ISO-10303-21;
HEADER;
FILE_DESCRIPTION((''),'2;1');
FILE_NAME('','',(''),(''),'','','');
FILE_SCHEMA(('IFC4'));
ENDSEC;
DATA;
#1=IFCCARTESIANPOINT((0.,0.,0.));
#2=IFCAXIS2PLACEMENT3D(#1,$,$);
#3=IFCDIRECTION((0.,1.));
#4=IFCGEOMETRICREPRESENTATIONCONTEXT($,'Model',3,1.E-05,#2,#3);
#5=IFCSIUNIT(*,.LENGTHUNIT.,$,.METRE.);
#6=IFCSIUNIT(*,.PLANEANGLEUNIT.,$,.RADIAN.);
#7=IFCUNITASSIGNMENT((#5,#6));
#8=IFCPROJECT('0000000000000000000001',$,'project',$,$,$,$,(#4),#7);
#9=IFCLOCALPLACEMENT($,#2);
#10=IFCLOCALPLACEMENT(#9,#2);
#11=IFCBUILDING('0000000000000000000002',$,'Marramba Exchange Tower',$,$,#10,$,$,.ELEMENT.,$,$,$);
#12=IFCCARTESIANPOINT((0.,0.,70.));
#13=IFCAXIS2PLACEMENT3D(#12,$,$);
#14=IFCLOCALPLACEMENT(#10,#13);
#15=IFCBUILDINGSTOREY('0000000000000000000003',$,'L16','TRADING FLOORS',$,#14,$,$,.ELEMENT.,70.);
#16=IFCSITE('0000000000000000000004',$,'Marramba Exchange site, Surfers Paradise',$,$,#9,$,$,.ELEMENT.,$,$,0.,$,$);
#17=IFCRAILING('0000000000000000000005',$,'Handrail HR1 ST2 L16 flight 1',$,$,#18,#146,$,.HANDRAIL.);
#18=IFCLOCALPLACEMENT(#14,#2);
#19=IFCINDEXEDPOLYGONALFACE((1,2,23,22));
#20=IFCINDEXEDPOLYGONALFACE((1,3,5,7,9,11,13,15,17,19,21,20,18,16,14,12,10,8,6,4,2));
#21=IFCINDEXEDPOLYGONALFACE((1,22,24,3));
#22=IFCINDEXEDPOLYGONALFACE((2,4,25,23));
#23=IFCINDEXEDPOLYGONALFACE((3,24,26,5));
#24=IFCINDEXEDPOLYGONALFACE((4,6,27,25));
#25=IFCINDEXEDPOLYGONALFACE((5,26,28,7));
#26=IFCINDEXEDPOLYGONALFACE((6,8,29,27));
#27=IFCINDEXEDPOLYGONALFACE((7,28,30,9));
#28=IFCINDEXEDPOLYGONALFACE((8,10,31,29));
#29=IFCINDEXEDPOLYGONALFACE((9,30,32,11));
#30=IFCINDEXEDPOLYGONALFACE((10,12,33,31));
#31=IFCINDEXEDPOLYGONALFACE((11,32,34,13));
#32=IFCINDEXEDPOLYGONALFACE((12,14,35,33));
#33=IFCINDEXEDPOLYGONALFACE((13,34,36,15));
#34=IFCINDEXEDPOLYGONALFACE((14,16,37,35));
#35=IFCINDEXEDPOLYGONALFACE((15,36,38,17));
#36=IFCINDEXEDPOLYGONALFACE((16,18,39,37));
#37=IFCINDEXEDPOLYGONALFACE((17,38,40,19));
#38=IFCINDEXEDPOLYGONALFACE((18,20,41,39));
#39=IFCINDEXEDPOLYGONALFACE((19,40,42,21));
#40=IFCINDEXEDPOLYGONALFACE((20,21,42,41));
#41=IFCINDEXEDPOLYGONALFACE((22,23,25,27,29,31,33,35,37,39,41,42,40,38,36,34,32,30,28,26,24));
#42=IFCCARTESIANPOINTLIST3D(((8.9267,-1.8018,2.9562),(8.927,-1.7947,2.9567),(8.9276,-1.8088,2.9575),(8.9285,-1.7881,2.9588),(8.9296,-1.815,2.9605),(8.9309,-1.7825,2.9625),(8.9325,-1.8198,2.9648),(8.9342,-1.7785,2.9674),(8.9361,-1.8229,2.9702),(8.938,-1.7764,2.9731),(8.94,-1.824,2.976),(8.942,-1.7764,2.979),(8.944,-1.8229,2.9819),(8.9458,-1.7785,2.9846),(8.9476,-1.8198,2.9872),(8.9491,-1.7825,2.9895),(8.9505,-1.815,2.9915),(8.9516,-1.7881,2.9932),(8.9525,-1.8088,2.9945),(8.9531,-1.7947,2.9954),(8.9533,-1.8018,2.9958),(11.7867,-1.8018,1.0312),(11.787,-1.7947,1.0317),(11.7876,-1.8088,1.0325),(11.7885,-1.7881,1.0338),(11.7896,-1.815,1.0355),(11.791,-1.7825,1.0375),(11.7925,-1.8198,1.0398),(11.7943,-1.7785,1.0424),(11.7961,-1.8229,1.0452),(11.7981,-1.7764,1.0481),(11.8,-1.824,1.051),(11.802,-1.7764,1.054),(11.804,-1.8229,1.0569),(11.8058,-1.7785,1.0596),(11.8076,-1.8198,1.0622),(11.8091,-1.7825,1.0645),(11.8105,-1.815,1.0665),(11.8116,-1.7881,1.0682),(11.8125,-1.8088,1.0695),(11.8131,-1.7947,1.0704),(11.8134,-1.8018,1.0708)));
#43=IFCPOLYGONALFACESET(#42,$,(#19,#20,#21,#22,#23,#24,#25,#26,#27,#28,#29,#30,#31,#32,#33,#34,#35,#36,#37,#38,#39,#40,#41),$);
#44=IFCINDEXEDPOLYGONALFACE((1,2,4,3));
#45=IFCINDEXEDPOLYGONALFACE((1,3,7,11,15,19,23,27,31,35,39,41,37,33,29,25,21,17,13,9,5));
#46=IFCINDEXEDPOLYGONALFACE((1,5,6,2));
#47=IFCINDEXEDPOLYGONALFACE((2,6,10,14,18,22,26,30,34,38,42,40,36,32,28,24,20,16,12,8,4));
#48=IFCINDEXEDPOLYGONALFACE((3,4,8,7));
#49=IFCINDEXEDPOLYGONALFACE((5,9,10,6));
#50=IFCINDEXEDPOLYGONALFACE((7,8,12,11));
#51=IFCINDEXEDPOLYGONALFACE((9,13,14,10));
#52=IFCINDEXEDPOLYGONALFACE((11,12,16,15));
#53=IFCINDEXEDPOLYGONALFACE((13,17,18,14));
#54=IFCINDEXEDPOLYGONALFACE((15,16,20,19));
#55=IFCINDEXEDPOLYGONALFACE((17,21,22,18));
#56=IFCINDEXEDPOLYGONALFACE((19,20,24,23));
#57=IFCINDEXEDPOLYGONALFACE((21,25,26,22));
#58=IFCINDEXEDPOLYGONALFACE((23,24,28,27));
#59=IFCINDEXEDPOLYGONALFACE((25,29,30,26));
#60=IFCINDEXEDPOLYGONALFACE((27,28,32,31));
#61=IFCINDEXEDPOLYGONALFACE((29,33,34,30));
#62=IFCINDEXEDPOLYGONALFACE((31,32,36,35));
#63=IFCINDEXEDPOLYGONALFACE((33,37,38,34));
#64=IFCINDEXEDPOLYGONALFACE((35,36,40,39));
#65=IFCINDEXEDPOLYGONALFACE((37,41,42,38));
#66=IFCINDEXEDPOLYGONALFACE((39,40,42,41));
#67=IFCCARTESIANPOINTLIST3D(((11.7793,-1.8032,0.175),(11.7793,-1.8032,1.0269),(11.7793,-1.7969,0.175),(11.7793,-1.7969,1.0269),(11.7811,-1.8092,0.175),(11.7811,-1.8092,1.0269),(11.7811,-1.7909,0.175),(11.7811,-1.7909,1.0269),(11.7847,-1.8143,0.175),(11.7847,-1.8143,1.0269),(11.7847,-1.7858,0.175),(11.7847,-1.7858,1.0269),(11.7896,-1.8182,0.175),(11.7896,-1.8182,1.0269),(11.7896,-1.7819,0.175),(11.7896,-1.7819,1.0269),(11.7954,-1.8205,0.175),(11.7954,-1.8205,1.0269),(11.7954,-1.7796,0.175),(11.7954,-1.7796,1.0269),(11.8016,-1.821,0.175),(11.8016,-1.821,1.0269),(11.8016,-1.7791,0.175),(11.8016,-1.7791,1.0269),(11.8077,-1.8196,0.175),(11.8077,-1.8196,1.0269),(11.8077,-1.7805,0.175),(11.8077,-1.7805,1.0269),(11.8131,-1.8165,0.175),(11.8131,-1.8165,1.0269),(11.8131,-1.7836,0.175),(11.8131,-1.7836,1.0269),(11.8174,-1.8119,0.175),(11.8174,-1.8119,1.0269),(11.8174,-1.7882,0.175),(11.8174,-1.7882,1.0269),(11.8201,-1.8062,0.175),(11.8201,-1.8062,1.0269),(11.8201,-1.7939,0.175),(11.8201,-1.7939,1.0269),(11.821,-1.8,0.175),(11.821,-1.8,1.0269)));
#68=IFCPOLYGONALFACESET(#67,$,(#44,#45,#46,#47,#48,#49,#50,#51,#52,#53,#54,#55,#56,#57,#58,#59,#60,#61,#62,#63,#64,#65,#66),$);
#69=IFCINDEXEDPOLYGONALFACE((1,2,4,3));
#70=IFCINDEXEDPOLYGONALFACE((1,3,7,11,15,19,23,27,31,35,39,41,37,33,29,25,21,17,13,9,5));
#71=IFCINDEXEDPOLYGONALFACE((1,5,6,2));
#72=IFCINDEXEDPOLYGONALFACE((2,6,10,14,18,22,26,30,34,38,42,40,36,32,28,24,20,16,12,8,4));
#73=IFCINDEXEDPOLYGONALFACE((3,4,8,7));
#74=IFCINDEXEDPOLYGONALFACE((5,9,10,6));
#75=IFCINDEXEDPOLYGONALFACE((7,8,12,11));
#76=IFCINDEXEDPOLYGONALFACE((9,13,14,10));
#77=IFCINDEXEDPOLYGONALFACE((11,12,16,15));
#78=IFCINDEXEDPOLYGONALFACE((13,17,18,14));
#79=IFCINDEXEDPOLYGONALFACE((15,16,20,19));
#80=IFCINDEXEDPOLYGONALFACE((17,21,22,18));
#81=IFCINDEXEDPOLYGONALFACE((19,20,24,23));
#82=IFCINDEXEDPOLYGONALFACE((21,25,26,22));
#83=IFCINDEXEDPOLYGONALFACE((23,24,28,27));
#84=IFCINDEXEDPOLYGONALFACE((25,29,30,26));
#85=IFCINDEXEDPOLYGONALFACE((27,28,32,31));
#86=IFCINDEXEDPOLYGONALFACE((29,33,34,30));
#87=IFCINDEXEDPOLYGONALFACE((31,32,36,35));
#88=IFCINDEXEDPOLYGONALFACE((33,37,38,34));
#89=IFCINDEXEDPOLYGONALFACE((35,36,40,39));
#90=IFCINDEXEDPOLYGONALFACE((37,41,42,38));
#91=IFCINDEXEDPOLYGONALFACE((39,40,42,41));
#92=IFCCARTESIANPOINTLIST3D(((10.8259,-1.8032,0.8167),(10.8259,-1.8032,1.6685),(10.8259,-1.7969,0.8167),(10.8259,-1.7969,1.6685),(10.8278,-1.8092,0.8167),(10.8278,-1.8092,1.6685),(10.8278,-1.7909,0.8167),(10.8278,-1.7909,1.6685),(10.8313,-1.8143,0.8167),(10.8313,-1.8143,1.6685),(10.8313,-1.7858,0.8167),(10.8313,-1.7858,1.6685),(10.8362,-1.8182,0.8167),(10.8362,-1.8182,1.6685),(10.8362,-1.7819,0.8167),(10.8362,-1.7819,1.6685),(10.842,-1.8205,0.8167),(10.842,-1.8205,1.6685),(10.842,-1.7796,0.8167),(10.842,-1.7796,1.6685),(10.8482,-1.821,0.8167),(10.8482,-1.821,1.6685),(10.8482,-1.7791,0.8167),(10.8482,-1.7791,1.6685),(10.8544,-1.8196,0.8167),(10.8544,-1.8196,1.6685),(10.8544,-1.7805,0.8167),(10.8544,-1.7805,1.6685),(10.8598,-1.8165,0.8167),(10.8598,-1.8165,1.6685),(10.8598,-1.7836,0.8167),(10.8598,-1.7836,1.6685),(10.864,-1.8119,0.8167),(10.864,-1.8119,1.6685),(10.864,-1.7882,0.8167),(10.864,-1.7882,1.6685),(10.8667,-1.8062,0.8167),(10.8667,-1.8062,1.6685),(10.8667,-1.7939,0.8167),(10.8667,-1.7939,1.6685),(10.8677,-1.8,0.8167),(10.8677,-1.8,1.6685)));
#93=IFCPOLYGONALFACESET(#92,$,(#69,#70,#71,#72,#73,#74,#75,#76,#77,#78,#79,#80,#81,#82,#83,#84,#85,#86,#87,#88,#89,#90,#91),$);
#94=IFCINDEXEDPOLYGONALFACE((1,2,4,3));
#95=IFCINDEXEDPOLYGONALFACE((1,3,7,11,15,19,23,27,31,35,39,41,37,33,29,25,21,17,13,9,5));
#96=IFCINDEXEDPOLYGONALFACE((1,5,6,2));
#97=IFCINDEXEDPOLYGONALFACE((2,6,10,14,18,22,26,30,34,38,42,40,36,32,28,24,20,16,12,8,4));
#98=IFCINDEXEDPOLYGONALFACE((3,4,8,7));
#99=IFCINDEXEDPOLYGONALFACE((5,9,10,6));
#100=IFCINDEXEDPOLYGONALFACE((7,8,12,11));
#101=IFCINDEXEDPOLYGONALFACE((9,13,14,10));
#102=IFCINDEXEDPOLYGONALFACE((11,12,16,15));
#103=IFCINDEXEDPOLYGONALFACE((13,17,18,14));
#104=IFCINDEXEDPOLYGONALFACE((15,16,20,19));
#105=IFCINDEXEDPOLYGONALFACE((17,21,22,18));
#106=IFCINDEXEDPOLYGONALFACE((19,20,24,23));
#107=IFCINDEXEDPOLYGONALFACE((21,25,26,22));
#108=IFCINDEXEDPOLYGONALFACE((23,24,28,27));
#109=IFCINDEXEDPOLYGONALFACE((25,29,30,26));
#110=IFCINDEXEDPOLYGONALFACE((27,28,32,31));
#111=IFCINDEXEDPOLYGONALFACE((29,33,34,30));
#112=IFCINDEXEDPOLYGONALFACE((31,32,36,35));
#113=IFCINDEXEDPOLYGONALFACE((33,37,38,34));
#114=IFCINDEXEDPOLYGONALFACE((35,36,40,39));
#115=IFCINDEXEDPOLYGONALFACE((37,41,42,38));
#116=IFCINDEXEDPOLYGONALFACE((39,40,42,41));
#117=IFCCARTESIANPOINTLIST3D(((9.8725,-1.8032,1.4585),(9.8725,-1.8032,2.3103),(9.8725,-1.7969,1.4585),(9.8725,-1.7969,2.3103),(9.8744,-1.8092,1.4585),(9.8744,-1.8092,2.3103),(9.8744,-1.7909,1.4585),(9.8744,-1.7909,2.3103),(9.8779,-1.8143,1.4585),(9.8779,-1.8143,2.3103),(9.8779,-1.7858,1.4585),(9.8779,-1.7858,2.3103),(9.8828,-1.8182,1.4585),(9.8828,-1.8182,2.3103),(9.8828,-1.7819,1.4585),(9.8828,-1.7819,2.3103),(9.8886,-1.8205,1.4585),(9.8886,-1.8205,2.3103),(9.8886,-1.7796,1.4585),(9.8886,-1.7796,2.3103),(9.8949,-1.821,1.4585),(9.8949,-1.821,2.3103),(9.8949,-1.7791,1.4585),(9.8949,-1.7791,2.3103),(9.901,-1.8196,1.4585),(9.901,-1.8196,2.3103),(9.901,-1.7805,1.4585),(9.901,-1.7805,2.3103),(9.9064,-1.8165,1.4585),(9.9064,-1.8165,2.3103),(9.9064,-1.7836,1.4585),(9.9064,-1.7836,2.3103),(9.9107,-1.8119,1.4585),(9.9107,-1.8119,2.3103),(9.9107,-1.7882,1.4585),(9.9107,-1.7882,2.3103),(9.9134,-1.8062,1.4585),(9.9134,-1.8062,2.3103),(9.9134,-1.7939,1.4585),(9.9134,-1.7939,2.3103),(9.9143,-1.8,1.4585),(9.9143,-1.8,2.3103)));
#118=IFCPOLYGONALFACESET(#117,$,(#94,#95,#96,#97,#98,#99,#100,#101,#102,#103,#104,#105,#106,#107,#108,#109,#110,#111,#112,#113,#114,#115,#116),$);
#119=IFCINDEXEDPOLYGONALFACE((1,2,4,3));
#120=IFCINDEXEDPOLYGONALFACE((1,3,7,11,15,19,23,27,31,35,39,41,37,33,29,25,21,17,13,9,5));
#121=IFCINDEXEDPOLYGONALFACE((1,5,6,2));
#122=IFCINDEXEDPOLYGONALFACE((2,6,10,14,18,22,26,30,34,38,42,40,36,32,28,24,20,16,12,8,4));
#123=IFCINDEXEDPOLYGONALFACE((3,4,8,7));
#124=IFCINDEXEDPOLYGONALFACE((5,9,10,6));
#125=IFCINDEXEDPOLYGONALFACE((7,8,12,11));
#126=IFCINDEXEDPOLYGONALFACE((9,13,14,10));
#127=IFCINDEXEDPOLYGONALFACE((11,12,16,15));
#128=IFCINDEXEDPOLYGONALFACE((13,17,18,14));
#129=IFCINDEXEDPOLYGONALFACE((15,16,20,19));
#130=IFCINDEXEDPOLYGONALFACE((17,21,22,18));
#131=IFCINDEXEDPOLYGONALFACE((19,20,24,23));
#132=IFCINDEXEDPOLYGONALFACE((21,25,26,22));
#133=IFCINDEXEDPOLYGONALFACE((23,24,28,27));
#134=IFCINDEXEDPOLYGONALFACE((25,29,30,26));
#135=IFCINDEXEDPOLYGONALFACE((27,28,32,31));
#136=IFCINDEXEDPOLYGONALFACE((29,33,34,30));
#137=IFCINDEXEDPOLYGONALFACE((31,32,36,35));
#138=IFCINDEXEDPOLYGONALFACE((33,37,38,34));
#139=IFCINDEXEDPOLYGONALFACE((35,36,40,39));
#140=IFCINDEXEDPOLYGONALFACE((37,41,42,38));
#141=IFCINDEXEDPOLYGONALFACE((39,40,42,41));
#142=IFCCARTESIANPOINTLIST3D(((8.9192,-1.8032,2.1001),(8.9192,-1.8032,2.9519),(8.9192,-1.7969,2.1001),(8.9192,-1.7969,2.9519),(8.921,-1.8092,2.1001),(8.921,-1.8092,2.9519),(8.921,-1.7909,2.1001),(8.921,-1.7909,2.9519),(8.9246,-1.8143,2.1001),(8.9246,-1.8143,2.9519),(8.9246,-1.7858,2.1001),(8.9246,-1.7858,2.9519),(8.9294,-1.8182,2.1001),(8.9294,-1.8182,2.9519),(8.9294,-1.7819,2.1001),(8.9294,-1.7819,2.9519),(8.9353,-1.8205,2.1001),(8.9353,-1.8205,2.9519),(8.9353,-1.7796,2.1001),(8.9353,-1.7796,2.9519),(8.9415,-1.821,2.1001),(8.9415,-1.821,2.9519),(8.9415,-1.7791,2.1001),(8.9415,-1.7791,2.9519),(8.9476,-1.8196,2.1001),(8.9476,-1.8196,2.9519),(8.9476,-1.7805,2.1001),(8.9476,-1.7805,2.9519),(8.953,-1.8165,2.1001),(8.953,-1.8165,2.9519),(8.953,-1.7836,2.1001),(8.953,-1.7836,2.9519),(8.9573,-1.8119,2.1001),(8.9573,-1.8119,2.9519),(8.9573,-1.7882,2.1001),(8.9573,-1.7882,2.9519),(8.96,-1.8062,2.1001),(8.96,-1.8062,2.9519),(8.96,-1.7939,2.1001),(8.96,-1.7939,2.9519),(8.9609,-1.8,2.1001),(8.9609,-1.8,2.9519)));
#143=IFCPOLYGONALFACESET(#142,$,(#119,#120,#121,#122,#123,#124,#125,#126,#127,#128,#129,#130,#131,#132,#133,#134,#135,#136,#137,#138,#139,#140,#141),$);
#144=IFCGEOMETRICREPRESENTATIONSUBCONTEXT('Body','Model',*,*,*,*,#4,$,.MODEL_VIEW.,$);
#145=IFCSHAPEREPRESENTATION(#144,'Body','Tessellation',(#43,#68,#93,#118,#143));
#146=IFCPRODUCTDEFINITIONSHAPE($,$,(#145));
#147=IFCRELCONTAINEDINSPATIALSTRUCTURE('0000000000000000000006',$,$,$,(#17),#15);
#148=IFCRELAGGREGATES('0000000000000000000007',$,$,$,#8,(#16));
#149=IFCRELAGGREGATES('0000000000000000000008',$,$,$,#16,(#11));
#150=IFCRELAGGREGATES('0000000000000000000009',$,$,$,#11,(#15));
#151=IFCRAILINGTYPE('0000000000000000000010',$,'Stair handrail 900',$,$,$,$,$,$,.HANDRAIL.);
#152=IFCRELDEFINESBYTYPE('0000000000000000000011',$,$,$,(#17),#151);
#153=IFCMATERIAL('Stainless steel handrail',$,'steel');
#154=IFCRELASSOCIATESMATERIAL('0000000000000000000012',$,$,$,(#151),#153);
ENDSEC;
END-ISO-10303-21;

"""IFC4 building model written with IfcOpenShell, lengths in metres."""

from ifc_helpers import new_model, si_unit, direction, frame, origin, origin_2d, place, context, subcontext, project, spatial, circle, extrude, material, type_object, element, save


model = new_model("IFC4")

# Units and contexts
model_context = context("Model", 3, precision=1e-05, world=origin(), true_north=direction((0.0, 1.0)))
body_context = subcontext(model_context, "Body", "Model", "MODEL_VIEW")
ifc_project = project(units=[si_unit("LENGTHUNIT", "METRE"), si_unit("PLANEANGLEUNIT", "RADIAN")], contexts=[model_context])

# Site, building, storey
site_placement = place(None, origin())
site = spatial("IfcSite", under=ifc_project, at=site_placement, Name="Marramba Exchange site, Surfers Paradise", CompositionType="ELEMENT", RefElevation=0.0)
building_placement = place(site_placement, origin())
building = spatial("IfcBuilding", under=site, at=building_placement, Name="Marramba Exchange Tower", CompositionType="ELEMENT")
storey_placement = place(building_placement, frame((0.0, 0.0, 70.0)))
storey = spatial("IfcBuildingStorey", under=building, at=storey_placement, Name="L16", Description="TRADING FLOORS", CompositionType="ELEMENT", Elevation=70.0)

# Railing
ifc_material_1 = material(Name="Stainless steel handrail", Category="steel")
railing_type = type_object("IfcRailingType", Name="Stair handrail 900", PredefinedType="HANDRAIL", material=ifc_material_1)
railing_placement = place(storey_placement, frame((11.8, -1.8, 0.175)))
element("IfcRailing", 1, at=railing_placement, inside=storey, type_object=railing_type, Name="Handrail HR1 ST2 L16 flight 1", PredefinedType="HANDRAIL", context=body_context, shape_type="SweptSolid", body=[
    extrude(circle(Radius=0.0239, at=origin_2d()), frame((0.0, 0.0, 0.876), z_axis=(-0.829591, 0.0, 0.558372), x_axis=(0.0, -1.0, 0.0)), (0.0, 0.0, 1.0), 3.4475),
    extrude(circle(Radius=0.021, at=origin_2d()), origin(), (0.0, 0.0, 1.0), 0.8518),
    extrude(circle(Radius=0.021, at=origin_2d()), frame((-0.9534, 0.0, 0.6416)), (0.0, 0.0, 1.0), 0.8518),
    extrude(circle(Radius=0.021, at=origin_2d()), frame((-1.9067, 0.0, 1.2834)), (0.0, 0.0, 1.0), 0.8518),
    extrude(circle(Radius=0.021, at=origin_2d()), frame((-2.8601, 0.0, 1.925)), (0.0, 0.0, 1.0), 0.8518),
])

save(model, "model.ifc")
